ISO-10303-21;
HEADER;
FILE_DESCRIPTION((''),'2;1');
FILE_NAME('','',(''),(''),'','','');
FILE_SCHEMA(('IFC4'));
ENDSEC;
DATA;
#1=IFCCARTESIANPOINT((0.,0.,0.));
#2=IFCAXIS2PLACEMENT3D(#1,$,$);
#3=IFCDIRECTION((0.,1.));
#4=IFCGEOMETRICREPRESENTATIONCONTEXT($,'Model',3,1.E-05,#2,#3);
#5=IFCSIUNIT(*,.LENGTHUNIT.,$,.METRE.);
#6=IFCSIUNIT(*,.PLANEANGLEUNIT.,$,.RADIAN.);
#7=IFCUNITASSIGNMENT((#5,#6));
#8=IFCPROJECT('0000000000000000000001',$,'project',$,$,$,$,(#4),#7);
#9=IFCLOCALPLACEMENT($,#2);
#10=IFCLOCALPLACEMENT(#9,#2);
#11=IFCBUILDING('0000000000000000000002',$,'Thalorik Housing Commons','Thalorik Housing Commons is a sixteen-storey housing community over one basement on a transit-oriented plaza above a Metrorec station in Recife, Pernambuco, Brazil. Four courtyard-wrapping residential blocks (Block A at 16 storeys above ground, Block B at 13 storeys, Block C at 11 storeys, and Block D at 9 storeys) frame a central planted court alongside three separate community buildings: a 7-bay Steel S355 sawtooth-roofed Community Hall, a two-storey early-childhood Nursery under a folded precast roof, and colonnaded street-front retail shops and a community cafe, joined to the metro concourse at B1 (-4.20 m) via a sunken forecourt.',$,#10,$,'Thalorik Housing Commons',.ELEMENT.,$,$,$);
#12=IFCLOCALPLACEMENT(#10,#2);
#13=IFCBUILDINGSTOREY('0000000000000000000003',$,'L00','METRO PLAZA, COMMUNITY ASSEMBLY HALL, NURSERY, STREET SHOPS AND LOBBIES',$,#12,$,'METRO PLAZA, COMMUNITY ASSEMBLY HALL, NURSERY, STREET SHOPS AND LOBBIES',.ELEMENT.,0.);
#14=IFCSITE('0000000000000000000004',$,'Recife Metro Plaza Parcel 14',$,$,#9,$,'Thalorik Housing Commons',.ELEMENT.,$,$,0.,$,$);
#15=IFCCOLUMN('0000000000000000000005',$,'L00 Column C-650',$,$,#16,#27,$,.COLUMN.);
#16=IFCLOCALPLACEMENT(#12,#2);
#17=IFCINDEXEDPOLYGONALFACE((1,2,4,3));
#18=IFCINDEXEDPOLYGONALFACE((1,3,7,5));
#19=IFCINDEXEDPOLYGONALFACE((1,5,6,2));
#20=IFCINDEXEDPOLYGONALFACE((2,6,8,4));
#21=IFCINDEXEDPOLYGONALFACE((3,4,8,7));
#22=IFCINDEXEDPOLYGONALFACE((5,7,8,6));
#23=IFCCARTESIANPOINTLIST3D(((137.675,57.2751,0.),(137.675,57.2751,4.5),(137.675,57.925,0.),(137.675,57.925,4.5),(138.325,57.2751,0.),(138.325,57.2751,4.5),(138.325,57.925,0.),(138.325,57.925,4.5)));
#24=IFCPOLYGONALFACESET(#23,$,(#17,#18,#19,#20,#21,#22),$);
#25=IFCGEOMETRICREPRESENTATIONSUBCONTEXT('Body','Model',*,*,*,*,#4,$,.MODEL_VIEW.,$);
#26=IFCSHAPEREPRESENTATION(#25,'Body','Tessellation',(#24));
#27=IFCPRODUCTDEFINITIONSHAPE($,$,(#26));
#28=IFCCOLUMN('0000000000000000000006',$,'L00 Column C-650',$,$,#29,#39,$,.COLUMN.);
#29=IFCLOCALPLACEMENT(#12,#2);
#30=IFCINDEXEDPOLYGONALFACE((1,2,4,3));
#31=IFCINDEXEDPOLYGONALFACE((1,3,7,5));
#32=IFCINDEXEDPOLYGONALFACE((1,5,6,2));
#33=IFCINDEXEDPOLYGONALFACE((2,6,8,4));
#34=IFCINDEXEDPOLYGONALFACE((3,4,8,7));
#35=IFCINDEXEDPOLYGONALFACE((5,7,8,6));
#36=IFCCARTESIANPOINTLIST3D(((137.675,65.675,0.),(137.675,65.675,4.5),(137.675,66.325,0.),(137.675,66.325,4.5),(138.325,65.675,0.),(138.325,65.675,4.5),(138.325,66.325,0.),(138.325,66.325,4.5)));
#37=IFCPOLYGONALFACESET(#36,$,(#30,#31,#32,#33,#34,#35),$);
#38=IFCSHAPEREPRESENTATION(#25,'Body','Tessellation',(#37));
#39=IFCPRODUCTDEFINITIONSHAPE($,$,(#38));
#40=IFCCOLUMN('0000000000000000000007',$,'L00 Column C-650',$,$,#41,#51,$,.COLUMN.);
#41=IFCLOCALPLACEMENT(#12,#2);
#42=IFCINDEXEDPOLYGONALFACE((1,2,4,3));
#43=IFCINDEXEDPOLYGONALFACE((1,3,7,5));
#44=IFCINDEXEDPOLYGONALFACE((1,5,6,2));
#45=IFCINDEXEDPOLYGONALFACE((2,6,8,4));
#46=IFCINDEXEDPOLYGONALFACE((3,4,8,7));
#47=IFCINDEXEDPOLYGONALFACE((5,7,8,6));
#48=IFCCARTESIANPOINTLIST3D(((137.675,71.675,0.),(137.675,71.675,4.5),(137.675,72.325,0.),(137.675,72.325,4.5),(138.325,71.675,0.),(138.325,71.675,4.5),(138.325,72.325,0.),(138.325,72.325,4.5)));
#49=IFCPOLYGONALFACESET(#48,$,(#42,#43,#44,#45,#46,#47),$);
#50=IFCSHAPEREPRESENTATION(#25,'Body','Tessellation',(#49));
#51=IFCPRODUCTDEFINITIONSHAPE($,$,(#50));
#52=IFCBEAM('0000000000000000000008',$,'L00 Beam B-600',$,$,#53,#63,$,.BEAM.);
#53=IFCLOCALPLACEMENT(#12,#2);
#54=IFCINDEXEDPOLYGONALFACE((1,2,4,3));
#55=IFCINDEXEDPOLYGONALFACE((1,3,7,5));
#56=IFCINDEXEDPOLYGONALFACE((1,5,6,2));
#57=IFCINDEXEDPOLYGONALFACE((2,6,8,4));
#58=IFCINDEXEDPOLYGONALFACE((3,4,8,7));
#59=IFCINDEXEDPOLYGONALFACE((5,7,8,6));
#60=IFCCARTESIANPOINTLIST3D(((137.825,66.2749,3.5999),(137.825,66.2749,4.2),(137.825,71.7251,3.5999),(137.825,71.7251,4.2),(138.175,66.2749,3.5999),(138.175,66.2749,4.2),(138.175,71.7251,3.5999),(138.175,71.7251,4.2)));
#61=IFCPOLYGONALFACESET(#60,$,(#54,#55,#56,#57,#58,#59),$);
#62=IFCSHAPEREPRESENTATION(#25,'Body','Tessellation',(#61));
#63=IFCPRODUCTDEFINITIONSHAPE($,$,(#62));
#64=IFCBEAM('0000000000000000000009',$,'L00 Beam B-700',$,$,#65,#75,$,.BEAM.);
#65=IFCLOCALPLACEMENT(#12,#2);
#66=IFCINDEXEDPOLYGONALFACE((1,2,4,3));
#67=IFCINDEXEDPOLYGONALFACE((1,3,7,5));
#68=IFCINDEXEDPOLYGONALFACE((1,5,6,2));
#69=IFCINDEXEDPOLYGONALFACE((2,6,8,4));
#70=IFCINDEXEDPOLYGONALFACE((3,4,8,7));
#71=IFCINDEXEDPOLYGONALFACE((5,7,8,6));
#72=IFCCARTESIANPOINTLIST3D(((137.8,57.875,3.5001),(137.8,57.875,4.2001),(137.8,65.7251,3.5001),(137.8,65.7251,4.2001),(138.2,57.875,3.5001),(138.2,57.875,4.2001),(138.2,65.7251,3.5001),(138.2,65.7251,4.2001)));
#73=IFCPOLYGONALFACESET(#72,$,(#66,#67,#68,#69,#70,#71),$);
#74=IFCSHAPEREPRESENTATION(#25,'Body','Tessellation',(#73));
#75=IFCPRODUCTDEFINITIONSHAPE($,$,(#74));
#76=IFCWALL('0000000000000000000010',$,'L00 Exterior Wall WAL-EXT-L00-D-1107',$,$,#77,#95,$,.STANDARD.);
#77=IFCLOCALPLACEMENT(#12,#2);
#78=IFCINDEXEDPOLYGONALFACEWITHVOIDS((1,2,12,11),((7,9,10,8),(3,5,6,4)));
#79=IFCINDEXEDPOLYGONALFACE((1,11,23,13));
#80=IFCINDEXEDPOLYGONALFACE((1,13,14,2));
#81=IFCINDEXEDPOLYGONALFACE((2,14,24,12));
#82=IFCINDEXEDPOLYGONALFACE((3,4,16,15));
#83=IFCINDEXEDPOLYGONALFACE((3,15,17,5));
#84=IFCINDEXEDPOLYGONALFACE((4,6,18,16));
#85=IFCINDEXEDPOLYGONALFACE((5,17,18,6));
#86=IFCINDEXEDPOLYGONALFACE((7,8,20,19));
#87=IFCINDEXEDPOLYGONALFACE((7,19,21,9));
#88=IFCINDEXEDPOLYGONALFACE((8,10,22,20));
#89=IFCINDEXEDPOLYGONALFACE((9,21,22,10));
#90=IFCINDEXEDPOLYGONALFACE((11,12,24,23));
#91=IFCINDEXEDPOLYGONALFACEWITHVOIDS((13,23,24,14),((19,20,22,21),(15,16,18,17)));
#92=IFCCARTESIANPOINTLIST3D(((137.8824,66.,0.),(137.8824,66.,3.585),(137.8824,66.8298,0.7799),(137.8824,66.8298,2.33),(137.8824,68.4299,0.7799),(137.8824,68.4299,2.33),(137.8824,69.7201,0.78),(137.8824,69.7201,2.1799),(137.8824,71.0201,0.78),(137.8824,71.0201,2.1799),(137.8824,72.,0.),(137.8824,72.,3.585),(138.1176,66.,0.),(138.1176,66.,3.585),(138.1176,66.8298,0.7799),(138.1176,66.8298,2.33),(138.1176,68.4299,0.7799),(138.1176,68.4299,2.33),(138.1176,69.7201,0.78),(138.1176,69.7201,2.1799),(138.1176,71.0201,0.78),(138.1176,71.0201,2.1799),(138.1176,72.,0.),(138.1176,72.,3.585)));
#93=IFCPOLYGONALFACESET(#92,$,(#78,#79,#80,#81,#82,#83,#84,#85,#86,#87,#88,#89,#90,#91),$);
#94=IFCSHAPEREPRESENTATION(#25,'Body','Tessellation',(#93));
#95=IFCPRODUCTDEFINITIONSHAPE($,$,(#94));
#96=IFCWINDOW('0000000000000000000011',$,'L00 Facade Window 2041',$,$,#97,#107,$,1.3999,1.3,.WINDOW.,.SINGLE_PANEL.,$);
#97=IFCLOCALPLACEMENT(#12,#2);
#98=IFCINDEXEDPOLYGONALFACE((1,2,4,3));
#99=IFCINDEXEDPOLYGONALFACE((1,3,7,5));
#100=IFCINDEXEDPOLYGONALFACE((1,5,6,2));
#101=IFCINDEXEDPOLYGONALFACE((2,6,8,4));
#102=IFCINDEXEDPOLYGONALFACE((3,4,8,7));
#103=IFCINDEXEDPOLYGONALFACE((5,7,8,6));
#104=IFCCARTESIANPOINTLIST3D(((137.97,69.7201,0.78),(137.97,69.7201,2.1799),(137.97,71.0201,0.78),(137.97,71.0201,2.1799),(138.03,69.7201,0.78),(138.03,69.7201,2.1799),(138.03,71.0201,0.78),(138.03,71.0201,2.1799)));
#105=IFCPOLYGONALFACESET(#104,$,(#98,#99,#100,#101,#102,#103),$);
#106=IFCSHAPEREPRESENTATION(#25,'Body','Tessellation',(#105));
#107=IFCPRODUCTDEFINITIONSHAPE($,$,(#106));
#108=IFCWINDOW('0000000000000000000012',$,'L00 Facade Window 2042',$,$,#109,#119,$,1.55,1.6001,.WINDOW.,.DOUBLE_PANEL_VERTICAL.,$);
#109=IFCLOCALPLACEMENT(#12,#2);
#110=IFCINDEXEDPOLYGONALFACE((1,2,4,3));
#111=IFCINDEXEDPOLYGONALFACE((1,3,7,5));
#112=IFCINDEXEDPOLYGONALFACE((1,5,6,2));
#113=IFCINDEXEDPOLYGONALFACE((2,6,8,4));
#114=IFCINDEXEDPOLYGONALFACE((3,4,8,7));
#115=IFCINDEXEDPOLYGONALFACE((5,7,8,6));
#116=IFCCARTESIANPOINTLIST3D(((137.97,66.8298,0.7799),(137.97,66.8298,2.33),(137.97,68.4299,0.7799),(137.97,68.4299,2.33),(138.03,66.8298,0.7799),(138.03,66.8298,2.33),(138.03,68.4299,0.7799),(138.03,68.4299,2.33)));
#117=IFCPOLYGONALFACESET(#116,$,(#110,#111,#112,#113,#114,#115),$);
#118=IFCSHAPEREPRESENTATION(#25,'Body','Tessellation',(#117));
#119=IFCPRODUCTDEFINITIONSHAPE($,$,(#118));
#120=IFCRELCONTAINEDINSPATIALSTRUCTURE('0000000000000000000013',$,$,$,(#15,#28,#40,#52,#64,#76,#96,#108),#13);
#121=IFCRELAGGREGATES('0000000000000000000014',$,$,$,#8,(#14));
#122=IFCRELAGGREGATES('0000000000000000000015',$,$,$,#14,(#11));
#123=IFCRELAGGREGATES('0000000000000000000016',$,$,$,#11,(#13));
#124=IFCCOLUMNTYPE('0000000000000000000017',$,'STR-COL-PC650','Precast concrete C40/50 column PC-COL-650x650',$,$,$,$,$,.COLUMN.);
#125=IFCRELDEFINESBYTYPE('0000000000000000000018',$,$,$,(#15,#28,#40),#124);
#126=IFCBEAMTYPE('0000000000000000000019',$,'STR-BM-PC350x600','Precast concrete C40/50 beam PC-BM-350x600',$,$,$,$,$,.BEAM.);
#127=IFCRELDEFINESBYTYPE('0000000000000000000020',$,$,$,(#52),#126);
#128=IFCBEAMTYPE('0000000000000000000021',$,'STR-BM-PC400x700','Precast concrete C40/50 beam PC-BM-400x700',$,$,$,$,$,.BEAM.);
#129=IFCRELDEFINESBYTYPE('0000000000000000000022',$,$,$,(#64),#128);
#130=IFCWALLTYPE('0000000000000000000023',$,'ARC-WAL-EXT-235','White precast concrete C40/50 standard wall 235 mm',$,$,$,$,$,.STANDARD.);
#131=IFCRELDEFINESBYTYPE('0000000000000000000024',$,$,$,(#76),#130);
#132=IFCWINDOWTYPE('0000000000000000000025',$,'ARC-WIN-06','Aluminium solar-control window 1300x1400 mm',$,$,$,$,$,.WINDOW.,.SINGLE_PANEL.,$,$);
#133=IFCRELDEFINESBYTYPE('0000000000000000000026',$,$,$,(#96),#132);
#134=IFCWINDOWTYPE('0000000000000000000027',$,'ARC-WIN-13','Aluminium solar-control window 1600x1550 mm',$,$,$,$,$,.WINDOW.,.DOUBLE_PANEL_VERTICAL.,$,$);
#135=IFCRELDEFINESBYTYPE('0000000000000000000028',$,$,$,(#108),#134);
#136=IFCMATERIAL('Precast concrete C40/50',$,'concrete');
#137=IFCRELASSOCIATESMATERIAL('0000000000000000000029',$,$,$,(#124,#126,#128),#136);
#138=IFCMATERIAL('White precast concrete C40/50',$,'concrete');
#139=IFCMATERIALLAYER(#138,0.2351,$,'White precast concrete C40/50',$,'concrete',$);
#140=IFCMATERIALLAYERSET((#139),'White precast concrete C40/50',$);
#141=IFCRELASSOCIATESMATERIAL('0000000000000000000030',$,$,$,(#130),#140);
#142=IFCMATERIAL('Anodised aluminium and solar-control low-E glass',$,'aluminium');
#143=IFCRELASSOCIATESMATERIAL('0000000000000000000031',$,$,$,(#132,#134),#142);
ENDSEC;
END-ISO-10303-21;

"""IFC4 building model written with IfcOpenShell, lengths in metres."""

from ifc_helpers import new_model, si_unit, direction, frame, frame_2d, origin, origin_2d, place, context, subcontext, project, spatial, rectangle, extrude, material, layer, layer_set, material_profile, profile_set, type_object, element, fill, save


model = new_model("IFC4")

# Units and contexts
model_context = context("Model", 3, precision=1e-05, world=origin(), true_north=direction((0.0, 1.0)))
body_context = subcontext(model_context, "Body", "Model", "MODEL_VIEW")
ifc_project = project(units=[si_unit("LENGTHUNIT", "METRE"), si_unit("PLANEANGLEUNIT", "RADIAN")], contexts=[model_context])

# Site, building, storey
site_placement = place(None, origin())
site = spatial("IfcSite", under=ifc_project, at=site_placement, Name="Recife Metro Plaza Parcel 14", LongName="Thalorik Housing Commons", CompositionType="ELEMENT", RefElevation=0.0)
building_placement = place(site_placement, origin())
building = spatial("IfcBuilding", under=site, at=building_placement, Name="Thalorik Housing Commons", Description="Thalorik Housing Commons is a sixteen-storey housing community over one basement on a transit-oriented plaza above a Metrorec station in Recife, Pernambuco, Brazil. Four courtyard-wrapping residential blocks (Block A at 16 storeys above ground, Block B at 13 storeys, Block C at 11 storeys, and Block D at 9 storeys) frame a central planted court alongside three separate community buildings: a 7-bay Steel S355 sawtooth-roofed Community Hall, a two-storey early-childhood Nursery under a folded precast roof, and colonnaded street-front retail shops and a community cafe, joined to the metro concourse at B1 (-4.20 m) via a sunken forecourt.", LongName="Thalorik Housing Commons", CompositionType="ELEMENT")
storey_placement = place(building_placement, origin())
storey = spatial("IfcBuildingStorey", under=building, at=storey_placement, Name="L00", Description="METRO PLAZA, COMMUNITY ASSEMBLY HALL, NURSERY, STREET SHOPS AND LOBBIES", LongName="METRO PLAZA, COMMUNITY ASSEMBLY HALL, NURSERY, STREET SHOPS AND LOBBIES", CompositionType="ELEMENT", Elevation=0.0)

# Columns
ifc_material_1 = material(Name="Precast concrete C40/50", Category="concrete")
ifc_material_profile_1 = material_profile(ifc_material_1, rectangle(XDim=0.6499, YDim=0.6499, at=origin_2d()), Name="PC 650x650", Category="concrete")
ifc_profile_set_1 = profile_set([ifc_material_profile_1], Name="Precast concrete C40/50")
column_type = type_object("IfcColumnType", Name="STR-COL-PC650", Description="Precast concrete C40/50 column PC-COL-650x650", PredefinedType="COLUMN", material=ifc_profile_set_1)
for number, where, z_axis, x_axis, name in (
    (1, (138.0, 57.6001, 0.0), (0.0, 0.0, 1.0), (1.0, 0.0, 0.0), "L00 Column C-650"),
    (2, (138.0, 66.0, 0.0), (0.0, 0.0, 1.0), (1.0, 0.0, 0.0), "L00 Column C-650"),
    (3, (138.0, 72.0, 0.0), (0.0, 0.0, 1.0), (1.0, 0.0, 0.0), "L00 Column C-650"),
):
    element("IfcColumn", number, at=place(storey_placement, frame(where, z_axis=z_axis, x_axis=x_axis)), inside=storey, type_object=column_type, Name=name, PredefinedType="COLUMN", context=body_context, shape_type="SweptSolid", body=[
        extrude(rectangle(XDim=0.6499, YDim=0.6499, at=origin_2d()), origin(), (0.0, 0.0, 1.0), 4.5),
    ])

# Beams
ifc_material_profile_2 = material_profile(ifc_material_1, rectangle(XDim=0.3501, YDim=0.6001, at=origin_2d()), Name="PC 350x600", Category="concrete")
ifc_profile_set_2 = profile_set([ifc_material_profile_2], Name="Precast concrete C40/50")
beam_type_1 = type_object("IfcBeamType", Name="STR-BM-PC350x600", Description="Precast concrete C40/50 beam PC-BM-350x600", PredefinedType="BEAM", material=ifc_profile_set_2)
beam_1_placement = place(storey_placement, frame((138.0, 66.2749, 3.8999), z_axis=(0.0, 1.0, 0.0), x_axis=(-1.0, 0.0, 0.0)))
element("IfcBeam", 4, at=beam_1_placement, inside=storey, type_object=beam_type_1, Name="L00 Beam B-600", PredefinedType="BEAM", context=body_context, shape_type="SweptSolid", body=[
    extrude(rectangle(XDim=0.3501, YDim=0.6001, at=origin_2d()), origin(), (0.0, 0.0, 1.0), 5.4502),
])
ifc_material_profile_3 = material_profile(ifc_material_1, rectangle(XDim=0.3999, YDim=0.7, at=origin_2d()), Name="PC 400x700", Category="concrete")
ifc_profile_set_3 = profile_set([ifc_material_profile_3], Name="Precast concrete C40/50")
beam_type_2 = type_object("IfcBeamType", Name="STR-BM-PC400x700", Description="Precast concrete C40/50 beam PC-BM-400x700", PredefinedType="BEAM", material=ifc_profile_set_3)
beam_2_placement = place(storey_placement, frame((138.0, 57.875, 3.8501), z_axis=(0.0, 1.0, 0.0), x_axis=(-1.0, 0.0, 0.0)))
element("IfcBeam", 5, at=beam_2_placement, inside=storey, type_object=beam_type_2, Name="L00 Beam B-700", PredefinedType="BEAM", context=body_context, shape_type="SweptSolid", body=[
    extrude(rectangle(XDim=0.3999, YDim=0.7, at=origin_2d()), origin(), (0.0, 0.0, 1.0), 7.8501),
])

# Wall, openings, windows
ifc_material_2 = material(Name="White precast concrete C40/50", Category="concrete")
ifc_layer_1 = layer(ifc_material_2, 0.2351, Name="White precast concrete C40/50", Category="concrete")
ifc_layer_set_1 = layer_set([ifc_layer_1], Name="White precast concrete C40/50")
wall_type = type_object("IfcWallType", Name="ARC-WAL-EXT-235", Description="White precast concrete C40/50 standard wall 235 mm", PredefinedType="STANDARD", material=ifc_layer_set_1)
wall_1_placement = place(storey_placement, frame((138.0, 72.0, 0.0), z_axis=(0.0, 0.0, 1.0), x_axis=(0.0, -1.0, 0.0)))
wall_1 = element("IfcWall", 6, at=wall_1_placement, inside=storey, type_object=wall_type, Name="L00 Exterior Wall WAL-EXT-L00-D-1107", PredefinedType="STANDARD", context=body_context, shape_type="SweptSolid", body=[
    extrude(rectangle(XDim=6.0, YDim=0.2351, at=frame_2d((3.0, 0.0))), origin(), (0.0, 0.0, 1.0), 3.585),
])
opening_1_placement = place(wall_1_placement, frame((0.98, 0.0, 0.78)))
opening_1 = element("IfcOpeningElement", 7, at=opening_1_placement, cuts=wall_1, PredefinedType="OPENING", context=body_context, shape_type="SweptSolid", body=[
    extrude(rectangle(XDim=1.3, YDim=1.3999, at=frame_2d((0.6499, 0.7))), frame((0.0, 0.1274, 0.0), z_axis=(0.0, -1.0, 0.0), x_axis=(1.0, 0.0, 0.0)), (0.0, 0.0, 1.0), 0.2551),
])
opening_2_placement = place(wall_1_placement, frame((3.5701, 0.0, 0.78)))
opening_2 = element("IfcOpeningElement", 8, at=opening_2_placement, cuts=wall_1, PredefinedType="OPENING", context=body_context, shape_type="SweptSolid", body=[
    extrude(rectangle(XDim=1.6001, YDim=1.55, at=frame_2d((0.8, 0.7749))), frame((0.0, 0.1274, 0.0), z_axis=(0.0, -1.0, 0.0), x_axis=(1.0, 0.0, 0.0)), (0.0, 0.0, 1.0), 0.2551),
])
ifc_material_3 = material(Name="Anodised aluminium and solar-control low-E glass", Category="aluminium")
window_type_1 = type_object("IfcWindowType", Name="ARC-WIN-06", Description="Aluminium solar-control window 1300x1400 mm", PartitioningType="SINGLE_PANEL", PredefinedType="WINDOW", material=ifc_material_3)
window_1_placement = place(opening_1_placement, origin())
window_1 = element("IfcWindow", 9, at=window_1_placement, inside=storey, type_object=window_type_1, Name="L00 Facade Window 2041", OverallHeight=1.3999, OverallWidth=1.3, PartitioningType="SINGLE_PANEL", PredefinedType="WINDOW", context=body_context, shape_type="SweptSolid", body=[
    extrude(rectangle(XDim=1.3, YDim=1.3999, at=frame_2d((0.6499, 0.7))), frame((0.0, 0.03, 0.0), z_axis=(0.0, -1.0, 0.0), x_axis=(1.0, 0.0, 0.0)), (0.0, 0.0, 1.0), 0.0601),
])
fill(opening_1, window_1)
window_type_2 = type_object("IfcWindowType", Name="ARC-WIN-13", Description="Aluminium solar-control window 1600x1550 mm", PartitioningType="DOUBLE_PANEL_VERTICAL", PredefinedType="WINDOW", material=ifc_material_3)
window_2_placement = place(opening_2_placement, origin())
window_2 = element("IfcWindow", 10, at=window_2_placement, inside=storey, type_object=window_type_2, Name="L00 Facade Window 2042", OverallHeight=1.55, OverallWidth=1.6001, PartitioningType="DOUBLE_PANEL_VERTICAL", PredefinedType="WINDOW", context=body_context, shape_type="SweptSolid", body=[
    extrude(rectangle(XDim=1.6001, YDim=1.55, at=frame_2d((0.8, 0.7749))), frame((0.0, 0.03, 0.0), z_axis=(0.0, -1.0, 0.0), x_axis=(1.0, 0.0, 0.0)), (0.0, 0.0, 1.0), 0.0601),
])
fill(opening_2, window_2)

save(model, "model.ifc")
